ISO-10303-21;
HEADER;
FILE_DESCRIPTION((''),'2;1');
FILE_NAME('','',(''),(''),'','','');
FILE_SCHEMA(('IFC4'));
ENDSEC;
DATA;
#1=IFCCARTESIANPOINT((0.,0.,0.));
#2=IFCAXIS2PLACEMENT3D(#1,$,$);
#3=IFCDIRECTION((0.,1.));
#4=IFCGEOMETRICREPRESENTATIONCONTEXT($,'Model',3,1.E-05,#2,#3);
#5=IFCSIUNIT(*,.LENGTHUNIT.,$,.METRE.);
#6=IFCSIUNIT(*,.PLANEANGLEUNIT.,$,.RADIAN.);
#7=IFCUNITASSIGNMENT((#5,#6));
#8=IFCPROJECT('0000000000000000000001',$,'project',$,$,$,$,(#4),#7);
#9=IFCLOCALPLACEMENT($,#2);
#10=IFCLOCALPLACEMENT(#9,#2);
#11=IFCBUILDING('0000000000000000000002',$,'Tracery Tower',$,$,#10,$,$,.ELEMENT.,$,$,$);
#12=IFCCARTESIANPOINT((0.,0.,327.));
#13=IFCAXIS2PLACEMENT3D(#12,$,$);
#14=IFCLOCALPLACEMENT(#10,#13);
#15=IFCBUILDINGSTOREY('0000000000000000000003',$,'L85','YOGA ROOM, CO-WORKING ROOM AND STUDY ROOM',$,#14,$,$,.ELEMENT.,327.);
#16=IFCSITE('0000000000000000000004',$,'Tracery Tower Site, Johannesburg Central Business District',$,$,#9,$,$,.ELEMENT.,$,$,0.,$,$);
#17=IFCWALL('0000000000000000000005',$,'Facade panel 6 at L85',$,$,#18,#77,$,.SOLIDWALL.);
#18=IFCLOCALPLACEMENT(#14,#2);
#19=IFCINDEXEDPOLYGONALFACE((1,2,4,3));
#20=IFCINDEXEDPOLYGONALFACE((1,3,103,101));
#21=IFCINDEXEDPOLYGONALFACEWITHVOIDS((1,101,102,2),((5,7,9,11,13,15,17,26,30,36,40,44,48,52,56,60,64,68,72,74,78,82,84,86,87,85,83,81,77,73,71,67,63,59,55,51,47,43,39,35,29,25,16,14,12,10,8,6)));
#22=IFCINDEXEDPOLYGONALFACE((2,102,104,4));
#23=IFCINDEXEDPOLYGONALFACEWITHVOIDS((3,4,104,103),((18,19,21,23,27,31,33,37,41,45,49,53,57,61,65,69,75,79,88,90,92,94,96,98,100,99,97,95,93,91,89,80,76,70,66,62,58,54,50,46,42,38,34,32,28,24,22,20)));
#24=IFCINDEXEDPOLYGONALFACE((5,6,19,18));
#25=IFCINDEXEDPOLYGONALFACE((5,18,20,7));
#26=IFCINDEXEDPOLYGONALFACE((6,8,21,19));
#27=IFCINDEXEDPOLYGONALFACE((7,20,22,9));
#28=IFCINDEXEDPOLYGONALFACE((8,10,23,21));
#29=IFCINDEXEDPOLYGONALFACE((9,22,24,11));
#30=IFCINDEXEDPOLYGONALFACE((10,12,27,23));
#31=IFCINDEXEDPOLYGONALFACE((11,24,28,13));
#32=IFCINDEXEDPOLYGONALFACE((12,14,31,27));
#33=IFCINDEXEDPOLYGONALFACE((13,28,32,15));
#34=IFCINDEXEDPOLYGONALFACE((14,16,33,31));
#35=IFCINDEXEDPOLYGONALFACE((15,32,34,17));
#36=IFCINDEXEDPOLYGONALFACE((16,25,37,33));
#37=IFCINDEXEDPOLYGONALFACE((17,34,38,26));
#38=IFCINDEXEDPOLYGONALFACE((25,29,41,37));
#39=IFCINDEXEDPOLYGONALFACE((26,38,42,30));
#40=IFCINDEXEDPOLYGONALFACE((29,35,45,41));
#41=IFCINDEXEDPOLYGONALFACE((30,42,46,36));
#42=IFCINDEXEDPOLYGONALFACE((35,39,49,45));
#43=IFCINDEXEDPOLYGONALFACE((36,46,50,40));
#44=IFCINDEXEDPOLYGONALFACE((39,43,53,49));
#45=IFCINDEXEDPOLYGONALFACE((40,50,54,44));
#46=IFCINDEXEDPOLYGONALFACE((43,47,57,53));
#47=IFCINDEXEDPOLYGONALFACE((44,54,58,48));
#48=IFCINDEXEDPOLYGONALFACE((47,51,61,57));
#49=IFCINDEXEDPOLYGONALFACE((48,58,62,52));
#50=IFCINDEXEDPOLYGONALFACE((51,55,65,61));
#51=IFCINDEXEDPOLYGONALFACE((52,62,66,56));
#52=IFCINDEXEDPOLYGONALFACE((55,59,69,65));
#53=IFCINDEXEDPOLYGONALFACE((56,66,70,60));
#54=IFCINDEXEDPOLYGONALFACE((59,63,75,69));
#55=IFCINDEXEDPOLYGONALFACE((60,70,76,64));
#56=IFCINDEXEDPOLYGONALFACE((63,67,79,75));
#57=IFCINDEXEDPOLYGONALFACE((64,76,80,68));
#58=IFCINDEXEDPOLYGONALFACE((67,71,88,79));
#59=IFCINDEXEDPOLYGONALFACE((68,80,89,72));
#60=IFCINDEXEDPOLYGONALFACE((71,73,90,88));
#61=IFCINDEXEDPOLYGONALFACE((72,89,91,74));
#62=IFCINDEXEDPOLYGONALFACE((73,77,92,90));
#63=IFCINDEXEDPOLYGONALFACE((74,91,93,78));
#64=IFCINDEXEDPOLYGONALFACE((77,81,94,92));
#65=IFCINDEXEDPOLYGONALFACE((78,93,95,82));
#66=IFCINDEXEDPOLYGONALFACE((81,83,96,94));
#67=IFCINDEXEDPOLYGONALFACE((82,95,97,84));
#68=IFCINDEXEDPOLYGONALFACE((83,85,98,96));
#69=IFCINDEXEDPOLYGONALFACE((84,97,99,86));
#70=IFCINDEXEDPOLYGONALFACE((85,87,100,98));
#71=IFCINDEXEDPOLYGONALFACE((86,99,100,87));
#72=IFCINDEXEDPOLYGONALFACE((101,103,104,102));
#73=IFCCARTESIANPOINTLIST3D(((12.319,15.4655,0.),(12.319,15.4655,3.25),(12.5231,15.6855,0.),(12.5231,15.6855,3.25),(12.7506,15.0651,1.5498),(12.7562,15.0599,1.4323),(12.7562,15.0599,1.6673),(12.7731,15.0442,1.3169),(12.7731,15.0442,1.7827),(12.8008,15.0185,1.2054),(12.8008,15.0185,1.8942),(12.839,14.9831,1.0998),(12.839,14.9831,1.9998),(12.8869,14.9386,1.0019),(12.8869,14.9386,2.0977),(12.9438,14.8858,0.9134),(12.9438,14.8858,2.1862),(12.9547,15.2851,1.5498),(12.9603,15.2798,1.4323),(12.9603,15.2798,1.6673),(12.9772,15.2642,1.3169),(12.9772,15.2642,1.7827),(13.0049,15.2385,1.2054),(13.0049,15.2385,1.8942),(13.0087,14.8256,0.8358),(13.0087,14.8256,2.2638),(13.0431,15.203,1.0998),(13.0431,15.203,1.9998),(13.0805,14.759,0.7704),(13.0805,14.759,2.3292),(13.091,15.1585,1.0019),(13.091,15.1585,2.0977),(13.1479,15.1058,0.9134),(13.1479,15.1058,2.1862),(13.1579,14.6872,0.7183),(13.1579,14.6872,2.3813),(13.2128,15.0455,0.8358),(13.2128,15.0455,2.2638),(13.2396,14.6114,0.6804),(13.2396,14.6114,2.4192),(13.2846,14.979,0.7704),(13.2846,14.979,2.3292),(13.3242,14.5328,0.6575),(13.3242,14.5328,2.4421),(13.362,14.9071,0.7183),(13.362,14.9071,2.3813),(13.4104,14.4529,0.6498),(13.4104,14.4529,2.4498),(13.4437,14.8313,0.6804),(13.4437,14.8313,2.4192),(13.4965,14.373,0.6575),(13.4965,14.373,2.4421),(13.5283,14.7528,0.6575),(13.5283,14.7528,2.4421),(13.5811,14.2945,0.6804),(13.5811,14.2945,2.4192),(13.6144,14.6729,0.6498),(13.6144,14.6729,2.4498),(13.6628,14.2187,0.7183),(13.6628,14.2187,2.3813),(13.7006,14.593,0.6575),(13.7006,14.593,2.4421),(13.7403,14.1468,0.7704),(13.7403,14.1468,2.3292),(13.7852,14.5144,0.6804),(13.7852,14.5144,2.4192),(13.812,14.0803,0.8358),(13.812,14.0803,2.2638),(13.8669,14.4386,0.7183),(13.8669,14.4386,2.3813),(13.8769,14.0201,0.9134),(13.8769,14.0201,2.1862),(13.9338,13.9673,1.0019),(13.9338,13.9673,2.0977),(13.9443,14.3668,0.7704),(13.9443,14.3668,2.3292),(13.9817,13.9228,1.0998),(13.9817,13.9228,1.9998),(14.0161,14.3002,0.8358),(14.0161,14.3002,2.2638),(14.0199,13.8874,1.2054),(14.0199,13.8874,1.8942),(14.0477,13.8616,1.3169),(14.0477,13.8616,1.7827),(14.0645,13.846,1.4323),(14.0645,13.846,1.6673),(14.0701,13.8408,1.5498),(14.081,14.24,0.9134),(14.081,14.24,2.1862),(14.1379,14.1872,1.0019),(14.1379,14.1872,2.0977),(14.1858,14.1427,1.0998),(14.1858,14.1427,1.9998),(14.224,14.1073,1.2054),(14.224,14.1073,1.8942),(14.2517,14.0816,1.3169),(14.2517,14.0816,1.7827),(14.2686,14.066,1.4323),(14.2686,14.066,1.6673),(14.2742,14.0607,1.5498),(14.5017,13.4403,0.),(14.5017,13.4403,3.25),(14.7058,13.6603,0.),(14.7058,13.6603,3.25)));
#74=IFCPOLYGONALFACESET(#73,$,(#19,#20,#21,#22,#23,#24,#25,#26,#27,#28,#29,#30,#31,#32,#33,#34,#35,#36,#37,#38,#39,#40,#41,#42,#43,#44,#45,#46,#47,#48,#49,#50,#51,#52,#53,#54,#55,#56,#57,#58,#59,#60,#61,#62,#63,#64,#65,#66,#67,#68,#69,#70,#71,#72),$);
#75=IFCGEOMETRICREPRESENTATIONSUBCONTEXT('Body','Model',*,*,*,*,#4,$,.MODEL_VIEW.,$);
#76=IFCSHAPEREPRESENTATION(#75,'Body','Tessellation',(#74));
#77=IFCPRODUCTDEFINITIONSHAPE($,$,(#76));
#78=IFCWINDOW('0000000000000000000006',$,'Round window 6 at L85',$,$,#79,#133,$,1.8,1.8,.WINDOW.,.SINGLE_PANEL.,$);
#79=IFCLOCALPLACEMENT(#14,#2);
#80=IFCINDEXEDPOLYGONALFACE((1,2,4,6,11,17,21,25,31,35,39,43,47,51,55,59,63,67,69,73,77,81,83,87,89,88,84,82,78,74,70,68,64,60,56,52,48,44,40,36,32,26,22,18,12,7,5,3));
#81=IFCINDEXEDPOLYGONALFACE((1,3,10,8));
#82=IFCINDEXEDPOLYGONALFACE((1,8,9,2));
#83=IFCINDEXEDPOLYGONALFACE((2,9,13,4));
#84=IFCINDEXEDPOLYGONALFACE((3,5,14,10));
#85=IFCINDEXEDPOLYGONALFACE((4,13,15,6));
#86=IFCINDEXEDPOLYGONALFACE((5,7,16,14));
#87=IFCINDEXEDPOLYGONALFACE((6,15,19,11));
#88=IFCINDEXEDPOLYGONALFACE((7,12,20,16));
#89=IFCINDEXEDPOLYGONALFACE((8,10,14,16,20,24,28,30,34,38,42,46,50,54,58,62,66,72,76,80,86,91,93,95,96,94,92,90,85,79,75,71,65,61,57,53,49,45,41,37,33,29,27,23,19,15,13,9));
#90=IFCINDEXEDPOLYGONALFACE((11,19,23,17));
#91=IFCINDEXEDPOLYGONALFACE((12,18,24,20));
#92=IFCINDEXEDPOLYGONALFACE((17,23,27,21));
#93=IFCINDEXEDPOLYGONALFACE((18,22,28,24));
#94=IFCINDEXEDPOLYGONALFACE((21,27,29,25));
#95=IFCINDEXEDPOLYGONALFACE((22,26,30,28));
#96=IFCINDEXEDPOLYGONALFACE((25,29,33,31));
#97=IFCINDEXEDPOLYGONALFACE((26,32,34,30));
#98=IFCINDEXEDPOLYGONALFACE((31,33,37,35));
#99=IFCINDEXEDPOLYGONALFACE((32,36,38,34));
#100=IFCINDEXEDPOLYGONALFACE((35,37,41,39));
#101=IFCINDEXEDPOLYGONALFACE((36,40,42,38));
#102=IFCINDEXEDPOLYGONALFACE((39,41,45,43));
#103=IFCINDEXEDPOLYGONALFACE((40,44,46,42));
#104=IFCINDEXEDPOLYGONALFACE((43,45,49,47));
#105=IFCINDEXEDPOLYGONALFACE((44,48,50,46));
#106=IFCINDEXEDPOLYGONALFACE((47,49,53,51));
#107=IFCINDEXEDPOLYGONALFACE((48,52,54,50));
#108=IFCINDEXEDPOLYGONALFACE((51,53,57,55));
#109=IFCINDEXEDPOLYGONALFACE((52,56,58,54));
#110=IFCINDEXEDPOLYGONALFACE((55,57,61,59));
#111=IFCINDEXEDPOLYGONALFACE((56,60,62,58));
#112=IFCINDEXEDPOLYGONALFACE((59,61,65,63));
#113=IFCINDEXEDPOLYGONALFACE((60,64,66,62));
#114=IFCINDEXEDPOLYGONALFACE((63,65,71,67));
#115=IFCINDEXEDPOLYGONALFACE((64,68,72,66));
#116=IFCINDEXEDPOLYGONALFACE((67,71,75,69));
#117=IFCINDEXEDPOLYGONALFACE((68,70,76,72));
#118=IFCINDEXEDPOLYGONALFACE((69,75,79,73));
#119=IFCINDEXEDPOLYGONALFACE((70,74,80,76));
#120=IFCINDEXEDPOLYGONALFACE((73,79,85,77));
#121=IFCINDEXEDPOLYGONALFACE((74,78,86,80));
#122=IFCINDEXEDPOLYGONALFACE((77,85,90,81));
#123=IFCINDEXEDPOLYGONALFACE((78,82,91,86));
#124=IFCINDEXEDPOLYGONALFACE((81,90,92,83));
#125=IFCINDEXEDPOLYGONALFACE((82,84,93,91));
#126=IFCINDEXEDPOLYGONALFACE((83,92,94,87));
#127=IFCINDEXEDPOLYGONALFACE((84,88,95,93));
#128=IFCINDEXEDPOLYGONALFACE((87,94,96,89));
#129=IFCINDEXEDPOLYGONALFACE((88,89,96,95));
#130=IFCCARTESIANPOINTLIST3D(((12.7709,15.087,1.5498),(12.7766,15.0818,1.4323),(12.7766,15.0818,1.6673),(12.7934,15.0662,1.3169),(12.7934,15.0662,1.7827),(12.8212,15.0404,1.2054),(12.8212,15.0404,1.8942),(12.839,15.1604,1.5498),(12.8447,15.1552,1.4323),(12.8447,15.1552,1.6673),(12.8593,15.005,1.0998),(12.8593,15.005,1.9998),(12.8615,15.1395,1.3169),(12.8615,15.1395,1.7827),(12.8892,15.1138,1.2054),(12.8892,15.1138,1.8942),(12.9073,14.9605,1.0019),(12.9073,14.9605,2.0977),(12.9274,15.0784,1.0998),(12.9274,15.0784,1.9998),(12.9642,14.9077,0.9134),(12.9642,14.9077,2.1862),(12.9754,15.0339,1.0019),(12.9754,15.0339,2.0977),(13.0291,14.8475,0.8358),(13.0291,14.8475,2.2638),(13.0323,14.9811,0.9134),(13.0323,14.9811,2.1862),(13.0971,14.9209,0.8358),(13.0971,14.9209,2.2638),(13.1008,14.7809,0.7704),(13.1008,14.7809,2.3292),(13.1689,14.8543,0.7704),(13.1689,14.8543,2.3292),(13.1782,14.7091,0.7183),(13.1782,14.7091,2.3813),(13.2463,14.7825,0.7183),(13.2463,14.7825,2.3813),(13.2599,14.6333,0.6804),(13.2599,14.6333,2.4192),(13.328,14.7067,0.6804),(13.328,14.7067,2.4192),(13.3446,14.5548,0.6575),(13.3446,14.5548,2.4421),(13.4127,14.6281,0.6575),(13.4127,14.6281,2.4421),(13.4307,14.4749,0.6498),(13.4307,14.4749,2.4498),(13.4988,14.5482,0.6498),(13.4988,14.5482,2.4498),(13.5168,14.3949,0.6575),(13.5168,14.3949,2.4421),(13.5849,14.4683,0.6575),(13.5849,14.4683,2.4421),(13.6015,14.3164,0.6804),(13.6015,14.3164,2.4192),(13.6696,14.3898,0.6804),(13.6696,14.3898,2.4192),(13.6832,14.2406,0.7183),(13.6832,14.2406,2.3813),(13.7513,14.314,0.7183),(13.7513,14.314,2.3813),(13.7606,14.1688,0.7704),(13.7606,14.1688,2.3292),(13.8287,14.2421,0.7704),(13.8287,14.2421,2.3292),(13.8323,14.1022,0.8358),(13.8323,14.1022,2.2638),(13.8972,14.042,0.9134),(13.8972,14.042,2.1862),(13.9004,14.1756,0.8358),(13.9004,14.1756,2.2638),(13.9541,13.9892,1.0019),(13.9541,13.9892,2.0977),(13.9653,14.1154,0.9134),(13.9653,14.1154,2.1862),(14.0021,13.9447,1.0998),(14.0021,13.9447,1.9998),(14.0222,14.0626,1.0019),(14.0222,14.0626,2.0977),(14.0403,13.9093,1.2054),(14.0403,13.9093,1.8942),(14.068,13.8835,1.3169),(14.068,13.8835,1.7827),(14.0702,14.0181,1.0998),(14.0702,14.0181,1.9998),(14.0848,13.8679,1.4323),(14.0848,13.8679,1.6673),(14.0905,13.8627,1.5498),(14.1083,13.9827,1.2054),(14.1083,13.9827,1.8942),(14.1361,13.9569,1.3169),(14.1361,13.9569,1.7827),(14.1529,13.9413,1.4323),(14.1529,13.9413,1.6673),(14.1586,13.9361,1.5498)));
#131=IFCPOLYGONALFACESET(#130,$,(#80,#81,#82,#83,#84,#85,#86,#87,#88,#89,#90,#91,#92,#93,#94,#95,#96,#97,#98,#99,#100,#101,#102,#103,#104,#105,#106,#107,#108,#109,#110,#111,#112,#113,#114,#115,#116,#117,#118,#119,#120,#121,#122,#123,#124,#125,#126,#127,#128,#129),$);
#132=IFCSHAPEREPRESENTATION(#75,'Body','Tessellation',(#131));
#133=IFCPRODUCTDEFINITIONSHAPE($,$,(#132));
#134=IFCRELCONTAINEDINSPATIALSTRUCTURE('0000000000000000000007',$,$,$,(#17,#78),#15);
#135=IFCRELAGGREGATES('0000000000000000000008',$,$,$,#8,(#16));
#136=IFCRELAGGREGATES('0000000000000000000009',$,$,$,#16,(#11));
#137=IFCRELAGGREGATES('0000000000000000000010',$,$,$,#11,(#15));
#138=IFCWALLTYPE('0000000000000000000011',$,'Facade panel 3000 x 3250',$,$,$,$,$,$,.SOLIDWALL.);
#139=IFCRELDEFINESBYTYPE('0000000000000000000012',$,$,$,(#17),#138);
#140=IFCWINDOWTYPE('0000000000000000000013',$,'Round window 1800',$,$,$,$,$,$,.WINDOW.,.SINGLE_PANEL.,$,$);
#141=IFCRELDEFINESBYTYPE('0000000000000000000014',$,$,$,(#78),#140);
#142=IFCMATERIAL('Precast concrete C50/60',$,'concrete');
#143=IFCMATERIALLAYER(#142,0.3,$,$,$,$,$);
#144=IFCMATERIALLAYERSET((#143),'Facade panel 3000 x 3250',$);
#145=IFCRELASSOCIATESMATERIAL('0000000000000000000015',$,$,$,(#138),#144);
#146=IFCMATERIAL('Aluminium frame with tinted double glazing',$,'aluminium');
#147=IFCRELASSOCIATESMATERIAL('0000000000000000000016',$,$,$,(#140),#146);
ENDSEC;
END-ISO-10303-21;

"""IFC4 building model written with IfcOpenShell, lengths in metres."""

from ifc_helpers import new_model, si_unit, direction, frame, frame_2d, origin, origin_2d, place, context, subcontext, project, spatial, rectangle, circle, extrude, material, layer, layer_set, type_object, element, fill, save


model = new_model("IFC4")

# Units and contexts
model_context = context("Model", 3, precision=1e-05, world=origin(), true_north=direction((0.0, 1.0)))
body_context = subcontext(model_context, "Body", "Model", "MODEL_VIEW")
ifc_project = project(units=[si_unit("LENGTHUNIT", "METRE"), si_unit("PLANEANGLEUNIT", "RADIAN")], contexts=[model_context])

# Site, building, storey
site_placement = place(None, origin())
site = spatial("IfcSite", under=ifc_project, at=site_placement, Name="Tracery Tower Site, Johannesburg Central Business District", CompositionType="ELEMENT", RefElevation=0.0)
building_placement = place(site_placement, origin())
building = spatial("IfcBuilding", under=site, at=building_placement, Name="Tracery Tower", CompositionType="ELEMENT")
storey_placement = place(building_placement, frame((0.0, 0.0, 327.0)))
storey = spatial("IfcBuildingStorey", under=building, at=storey_placement, Name="L85", Description="YOGA ROOM, CO-WORKING ROOM AND STUDY ROOM", CompositionType="ELEMENT", Elevation=327.0)

# Wall, opening, window
ifc_material_1 = material(Name="Precast concrete C50/60", Category="concrete")
ifc_layer_1 = layer(ifc_material_1, 0.3)
ifc_layer_set_1 = layer_set([ifc_layer_1], Name="Facade panel 3000 x 3250")
wall_type_1 = type_object("IfcWallType", Name="Facade panel 3000 x 3250", PredefinedType="SOLIDWALL", material=ifc_layer_set_1)
ifc_material_2 = material(Name="Aluminium frame with tinted double glazing", Category="aluminium")
window_type = type_object("IfcWindowType", Name="Round window 1800", PartitioningType="SINGLE_PANEL", PredefinedType="WINDOW", material=ifc_material_2)
wall_1_placement = place(storey_placement, frame((14.6038, 13.5503, 0.0), z_axis=(0.0, 0.0, 1.0), x_axis=(-0.733056, 0.680168, 0.0)))
wall_1 = element("IfcWall", 1, at=wall_1_placement, inside=storey, type_object=wall_type_1, Name="Facade panel 6 at L85", PredefinedType="SOLIDWALL", context=body_context, shape_type="SweptSolid", body=[
    extrude(rectangle(XDim=2.9775, YDim=0.3, at=frame_2d((1.4888, 0.0))), origin(), (0.0, 0.0, 1.0), 3.25),
])
opening_1_placement = place(wall_1_placement, frame((1.4888, 0.0, 1.5498)))
opening_1 = element("IfcOpeningElement", 2, at=opening_1_placement, cuts=wall_1, PredefinedType="OPENING", context=body_context, shape_type="SweptSolid", body=[
    extrude(circle(Radius=0.9, at=origin_2d()), frame((0.0, 0.1599, 0.0), z_axis=(0.0, -1.0, 0.0), x_axis=(1.0, 0.0, 0.0)), (0.0, 0.0, 1.0), 0.3201),
])
window_1_placement = place(opening_1_placement, origin())
window_1 = element("IfcWindow", 3, at=window_1_placement, inside=storey, type_object=window_type, Name="Round window 6 at L85", OverallHeight=1.8, OverallWidth=1.8, PartitioningType="SINGLE_PANEL", PredefinedType="WINDOW", context=body_context, shape_type="SweptSolid", body=[
    extrude(circle(Radius=0.9, at=origin_2d()), frame((0.0, 0.1201, 0.0), z_axis=(0.0, -1.0, 0.0), x_axis=(1.0, 0.0, 0.0)), (0.0, 0.0, 1.0), 0.1001),
])
fill(opening_1, window_1)

save(model, "model.ifc")
